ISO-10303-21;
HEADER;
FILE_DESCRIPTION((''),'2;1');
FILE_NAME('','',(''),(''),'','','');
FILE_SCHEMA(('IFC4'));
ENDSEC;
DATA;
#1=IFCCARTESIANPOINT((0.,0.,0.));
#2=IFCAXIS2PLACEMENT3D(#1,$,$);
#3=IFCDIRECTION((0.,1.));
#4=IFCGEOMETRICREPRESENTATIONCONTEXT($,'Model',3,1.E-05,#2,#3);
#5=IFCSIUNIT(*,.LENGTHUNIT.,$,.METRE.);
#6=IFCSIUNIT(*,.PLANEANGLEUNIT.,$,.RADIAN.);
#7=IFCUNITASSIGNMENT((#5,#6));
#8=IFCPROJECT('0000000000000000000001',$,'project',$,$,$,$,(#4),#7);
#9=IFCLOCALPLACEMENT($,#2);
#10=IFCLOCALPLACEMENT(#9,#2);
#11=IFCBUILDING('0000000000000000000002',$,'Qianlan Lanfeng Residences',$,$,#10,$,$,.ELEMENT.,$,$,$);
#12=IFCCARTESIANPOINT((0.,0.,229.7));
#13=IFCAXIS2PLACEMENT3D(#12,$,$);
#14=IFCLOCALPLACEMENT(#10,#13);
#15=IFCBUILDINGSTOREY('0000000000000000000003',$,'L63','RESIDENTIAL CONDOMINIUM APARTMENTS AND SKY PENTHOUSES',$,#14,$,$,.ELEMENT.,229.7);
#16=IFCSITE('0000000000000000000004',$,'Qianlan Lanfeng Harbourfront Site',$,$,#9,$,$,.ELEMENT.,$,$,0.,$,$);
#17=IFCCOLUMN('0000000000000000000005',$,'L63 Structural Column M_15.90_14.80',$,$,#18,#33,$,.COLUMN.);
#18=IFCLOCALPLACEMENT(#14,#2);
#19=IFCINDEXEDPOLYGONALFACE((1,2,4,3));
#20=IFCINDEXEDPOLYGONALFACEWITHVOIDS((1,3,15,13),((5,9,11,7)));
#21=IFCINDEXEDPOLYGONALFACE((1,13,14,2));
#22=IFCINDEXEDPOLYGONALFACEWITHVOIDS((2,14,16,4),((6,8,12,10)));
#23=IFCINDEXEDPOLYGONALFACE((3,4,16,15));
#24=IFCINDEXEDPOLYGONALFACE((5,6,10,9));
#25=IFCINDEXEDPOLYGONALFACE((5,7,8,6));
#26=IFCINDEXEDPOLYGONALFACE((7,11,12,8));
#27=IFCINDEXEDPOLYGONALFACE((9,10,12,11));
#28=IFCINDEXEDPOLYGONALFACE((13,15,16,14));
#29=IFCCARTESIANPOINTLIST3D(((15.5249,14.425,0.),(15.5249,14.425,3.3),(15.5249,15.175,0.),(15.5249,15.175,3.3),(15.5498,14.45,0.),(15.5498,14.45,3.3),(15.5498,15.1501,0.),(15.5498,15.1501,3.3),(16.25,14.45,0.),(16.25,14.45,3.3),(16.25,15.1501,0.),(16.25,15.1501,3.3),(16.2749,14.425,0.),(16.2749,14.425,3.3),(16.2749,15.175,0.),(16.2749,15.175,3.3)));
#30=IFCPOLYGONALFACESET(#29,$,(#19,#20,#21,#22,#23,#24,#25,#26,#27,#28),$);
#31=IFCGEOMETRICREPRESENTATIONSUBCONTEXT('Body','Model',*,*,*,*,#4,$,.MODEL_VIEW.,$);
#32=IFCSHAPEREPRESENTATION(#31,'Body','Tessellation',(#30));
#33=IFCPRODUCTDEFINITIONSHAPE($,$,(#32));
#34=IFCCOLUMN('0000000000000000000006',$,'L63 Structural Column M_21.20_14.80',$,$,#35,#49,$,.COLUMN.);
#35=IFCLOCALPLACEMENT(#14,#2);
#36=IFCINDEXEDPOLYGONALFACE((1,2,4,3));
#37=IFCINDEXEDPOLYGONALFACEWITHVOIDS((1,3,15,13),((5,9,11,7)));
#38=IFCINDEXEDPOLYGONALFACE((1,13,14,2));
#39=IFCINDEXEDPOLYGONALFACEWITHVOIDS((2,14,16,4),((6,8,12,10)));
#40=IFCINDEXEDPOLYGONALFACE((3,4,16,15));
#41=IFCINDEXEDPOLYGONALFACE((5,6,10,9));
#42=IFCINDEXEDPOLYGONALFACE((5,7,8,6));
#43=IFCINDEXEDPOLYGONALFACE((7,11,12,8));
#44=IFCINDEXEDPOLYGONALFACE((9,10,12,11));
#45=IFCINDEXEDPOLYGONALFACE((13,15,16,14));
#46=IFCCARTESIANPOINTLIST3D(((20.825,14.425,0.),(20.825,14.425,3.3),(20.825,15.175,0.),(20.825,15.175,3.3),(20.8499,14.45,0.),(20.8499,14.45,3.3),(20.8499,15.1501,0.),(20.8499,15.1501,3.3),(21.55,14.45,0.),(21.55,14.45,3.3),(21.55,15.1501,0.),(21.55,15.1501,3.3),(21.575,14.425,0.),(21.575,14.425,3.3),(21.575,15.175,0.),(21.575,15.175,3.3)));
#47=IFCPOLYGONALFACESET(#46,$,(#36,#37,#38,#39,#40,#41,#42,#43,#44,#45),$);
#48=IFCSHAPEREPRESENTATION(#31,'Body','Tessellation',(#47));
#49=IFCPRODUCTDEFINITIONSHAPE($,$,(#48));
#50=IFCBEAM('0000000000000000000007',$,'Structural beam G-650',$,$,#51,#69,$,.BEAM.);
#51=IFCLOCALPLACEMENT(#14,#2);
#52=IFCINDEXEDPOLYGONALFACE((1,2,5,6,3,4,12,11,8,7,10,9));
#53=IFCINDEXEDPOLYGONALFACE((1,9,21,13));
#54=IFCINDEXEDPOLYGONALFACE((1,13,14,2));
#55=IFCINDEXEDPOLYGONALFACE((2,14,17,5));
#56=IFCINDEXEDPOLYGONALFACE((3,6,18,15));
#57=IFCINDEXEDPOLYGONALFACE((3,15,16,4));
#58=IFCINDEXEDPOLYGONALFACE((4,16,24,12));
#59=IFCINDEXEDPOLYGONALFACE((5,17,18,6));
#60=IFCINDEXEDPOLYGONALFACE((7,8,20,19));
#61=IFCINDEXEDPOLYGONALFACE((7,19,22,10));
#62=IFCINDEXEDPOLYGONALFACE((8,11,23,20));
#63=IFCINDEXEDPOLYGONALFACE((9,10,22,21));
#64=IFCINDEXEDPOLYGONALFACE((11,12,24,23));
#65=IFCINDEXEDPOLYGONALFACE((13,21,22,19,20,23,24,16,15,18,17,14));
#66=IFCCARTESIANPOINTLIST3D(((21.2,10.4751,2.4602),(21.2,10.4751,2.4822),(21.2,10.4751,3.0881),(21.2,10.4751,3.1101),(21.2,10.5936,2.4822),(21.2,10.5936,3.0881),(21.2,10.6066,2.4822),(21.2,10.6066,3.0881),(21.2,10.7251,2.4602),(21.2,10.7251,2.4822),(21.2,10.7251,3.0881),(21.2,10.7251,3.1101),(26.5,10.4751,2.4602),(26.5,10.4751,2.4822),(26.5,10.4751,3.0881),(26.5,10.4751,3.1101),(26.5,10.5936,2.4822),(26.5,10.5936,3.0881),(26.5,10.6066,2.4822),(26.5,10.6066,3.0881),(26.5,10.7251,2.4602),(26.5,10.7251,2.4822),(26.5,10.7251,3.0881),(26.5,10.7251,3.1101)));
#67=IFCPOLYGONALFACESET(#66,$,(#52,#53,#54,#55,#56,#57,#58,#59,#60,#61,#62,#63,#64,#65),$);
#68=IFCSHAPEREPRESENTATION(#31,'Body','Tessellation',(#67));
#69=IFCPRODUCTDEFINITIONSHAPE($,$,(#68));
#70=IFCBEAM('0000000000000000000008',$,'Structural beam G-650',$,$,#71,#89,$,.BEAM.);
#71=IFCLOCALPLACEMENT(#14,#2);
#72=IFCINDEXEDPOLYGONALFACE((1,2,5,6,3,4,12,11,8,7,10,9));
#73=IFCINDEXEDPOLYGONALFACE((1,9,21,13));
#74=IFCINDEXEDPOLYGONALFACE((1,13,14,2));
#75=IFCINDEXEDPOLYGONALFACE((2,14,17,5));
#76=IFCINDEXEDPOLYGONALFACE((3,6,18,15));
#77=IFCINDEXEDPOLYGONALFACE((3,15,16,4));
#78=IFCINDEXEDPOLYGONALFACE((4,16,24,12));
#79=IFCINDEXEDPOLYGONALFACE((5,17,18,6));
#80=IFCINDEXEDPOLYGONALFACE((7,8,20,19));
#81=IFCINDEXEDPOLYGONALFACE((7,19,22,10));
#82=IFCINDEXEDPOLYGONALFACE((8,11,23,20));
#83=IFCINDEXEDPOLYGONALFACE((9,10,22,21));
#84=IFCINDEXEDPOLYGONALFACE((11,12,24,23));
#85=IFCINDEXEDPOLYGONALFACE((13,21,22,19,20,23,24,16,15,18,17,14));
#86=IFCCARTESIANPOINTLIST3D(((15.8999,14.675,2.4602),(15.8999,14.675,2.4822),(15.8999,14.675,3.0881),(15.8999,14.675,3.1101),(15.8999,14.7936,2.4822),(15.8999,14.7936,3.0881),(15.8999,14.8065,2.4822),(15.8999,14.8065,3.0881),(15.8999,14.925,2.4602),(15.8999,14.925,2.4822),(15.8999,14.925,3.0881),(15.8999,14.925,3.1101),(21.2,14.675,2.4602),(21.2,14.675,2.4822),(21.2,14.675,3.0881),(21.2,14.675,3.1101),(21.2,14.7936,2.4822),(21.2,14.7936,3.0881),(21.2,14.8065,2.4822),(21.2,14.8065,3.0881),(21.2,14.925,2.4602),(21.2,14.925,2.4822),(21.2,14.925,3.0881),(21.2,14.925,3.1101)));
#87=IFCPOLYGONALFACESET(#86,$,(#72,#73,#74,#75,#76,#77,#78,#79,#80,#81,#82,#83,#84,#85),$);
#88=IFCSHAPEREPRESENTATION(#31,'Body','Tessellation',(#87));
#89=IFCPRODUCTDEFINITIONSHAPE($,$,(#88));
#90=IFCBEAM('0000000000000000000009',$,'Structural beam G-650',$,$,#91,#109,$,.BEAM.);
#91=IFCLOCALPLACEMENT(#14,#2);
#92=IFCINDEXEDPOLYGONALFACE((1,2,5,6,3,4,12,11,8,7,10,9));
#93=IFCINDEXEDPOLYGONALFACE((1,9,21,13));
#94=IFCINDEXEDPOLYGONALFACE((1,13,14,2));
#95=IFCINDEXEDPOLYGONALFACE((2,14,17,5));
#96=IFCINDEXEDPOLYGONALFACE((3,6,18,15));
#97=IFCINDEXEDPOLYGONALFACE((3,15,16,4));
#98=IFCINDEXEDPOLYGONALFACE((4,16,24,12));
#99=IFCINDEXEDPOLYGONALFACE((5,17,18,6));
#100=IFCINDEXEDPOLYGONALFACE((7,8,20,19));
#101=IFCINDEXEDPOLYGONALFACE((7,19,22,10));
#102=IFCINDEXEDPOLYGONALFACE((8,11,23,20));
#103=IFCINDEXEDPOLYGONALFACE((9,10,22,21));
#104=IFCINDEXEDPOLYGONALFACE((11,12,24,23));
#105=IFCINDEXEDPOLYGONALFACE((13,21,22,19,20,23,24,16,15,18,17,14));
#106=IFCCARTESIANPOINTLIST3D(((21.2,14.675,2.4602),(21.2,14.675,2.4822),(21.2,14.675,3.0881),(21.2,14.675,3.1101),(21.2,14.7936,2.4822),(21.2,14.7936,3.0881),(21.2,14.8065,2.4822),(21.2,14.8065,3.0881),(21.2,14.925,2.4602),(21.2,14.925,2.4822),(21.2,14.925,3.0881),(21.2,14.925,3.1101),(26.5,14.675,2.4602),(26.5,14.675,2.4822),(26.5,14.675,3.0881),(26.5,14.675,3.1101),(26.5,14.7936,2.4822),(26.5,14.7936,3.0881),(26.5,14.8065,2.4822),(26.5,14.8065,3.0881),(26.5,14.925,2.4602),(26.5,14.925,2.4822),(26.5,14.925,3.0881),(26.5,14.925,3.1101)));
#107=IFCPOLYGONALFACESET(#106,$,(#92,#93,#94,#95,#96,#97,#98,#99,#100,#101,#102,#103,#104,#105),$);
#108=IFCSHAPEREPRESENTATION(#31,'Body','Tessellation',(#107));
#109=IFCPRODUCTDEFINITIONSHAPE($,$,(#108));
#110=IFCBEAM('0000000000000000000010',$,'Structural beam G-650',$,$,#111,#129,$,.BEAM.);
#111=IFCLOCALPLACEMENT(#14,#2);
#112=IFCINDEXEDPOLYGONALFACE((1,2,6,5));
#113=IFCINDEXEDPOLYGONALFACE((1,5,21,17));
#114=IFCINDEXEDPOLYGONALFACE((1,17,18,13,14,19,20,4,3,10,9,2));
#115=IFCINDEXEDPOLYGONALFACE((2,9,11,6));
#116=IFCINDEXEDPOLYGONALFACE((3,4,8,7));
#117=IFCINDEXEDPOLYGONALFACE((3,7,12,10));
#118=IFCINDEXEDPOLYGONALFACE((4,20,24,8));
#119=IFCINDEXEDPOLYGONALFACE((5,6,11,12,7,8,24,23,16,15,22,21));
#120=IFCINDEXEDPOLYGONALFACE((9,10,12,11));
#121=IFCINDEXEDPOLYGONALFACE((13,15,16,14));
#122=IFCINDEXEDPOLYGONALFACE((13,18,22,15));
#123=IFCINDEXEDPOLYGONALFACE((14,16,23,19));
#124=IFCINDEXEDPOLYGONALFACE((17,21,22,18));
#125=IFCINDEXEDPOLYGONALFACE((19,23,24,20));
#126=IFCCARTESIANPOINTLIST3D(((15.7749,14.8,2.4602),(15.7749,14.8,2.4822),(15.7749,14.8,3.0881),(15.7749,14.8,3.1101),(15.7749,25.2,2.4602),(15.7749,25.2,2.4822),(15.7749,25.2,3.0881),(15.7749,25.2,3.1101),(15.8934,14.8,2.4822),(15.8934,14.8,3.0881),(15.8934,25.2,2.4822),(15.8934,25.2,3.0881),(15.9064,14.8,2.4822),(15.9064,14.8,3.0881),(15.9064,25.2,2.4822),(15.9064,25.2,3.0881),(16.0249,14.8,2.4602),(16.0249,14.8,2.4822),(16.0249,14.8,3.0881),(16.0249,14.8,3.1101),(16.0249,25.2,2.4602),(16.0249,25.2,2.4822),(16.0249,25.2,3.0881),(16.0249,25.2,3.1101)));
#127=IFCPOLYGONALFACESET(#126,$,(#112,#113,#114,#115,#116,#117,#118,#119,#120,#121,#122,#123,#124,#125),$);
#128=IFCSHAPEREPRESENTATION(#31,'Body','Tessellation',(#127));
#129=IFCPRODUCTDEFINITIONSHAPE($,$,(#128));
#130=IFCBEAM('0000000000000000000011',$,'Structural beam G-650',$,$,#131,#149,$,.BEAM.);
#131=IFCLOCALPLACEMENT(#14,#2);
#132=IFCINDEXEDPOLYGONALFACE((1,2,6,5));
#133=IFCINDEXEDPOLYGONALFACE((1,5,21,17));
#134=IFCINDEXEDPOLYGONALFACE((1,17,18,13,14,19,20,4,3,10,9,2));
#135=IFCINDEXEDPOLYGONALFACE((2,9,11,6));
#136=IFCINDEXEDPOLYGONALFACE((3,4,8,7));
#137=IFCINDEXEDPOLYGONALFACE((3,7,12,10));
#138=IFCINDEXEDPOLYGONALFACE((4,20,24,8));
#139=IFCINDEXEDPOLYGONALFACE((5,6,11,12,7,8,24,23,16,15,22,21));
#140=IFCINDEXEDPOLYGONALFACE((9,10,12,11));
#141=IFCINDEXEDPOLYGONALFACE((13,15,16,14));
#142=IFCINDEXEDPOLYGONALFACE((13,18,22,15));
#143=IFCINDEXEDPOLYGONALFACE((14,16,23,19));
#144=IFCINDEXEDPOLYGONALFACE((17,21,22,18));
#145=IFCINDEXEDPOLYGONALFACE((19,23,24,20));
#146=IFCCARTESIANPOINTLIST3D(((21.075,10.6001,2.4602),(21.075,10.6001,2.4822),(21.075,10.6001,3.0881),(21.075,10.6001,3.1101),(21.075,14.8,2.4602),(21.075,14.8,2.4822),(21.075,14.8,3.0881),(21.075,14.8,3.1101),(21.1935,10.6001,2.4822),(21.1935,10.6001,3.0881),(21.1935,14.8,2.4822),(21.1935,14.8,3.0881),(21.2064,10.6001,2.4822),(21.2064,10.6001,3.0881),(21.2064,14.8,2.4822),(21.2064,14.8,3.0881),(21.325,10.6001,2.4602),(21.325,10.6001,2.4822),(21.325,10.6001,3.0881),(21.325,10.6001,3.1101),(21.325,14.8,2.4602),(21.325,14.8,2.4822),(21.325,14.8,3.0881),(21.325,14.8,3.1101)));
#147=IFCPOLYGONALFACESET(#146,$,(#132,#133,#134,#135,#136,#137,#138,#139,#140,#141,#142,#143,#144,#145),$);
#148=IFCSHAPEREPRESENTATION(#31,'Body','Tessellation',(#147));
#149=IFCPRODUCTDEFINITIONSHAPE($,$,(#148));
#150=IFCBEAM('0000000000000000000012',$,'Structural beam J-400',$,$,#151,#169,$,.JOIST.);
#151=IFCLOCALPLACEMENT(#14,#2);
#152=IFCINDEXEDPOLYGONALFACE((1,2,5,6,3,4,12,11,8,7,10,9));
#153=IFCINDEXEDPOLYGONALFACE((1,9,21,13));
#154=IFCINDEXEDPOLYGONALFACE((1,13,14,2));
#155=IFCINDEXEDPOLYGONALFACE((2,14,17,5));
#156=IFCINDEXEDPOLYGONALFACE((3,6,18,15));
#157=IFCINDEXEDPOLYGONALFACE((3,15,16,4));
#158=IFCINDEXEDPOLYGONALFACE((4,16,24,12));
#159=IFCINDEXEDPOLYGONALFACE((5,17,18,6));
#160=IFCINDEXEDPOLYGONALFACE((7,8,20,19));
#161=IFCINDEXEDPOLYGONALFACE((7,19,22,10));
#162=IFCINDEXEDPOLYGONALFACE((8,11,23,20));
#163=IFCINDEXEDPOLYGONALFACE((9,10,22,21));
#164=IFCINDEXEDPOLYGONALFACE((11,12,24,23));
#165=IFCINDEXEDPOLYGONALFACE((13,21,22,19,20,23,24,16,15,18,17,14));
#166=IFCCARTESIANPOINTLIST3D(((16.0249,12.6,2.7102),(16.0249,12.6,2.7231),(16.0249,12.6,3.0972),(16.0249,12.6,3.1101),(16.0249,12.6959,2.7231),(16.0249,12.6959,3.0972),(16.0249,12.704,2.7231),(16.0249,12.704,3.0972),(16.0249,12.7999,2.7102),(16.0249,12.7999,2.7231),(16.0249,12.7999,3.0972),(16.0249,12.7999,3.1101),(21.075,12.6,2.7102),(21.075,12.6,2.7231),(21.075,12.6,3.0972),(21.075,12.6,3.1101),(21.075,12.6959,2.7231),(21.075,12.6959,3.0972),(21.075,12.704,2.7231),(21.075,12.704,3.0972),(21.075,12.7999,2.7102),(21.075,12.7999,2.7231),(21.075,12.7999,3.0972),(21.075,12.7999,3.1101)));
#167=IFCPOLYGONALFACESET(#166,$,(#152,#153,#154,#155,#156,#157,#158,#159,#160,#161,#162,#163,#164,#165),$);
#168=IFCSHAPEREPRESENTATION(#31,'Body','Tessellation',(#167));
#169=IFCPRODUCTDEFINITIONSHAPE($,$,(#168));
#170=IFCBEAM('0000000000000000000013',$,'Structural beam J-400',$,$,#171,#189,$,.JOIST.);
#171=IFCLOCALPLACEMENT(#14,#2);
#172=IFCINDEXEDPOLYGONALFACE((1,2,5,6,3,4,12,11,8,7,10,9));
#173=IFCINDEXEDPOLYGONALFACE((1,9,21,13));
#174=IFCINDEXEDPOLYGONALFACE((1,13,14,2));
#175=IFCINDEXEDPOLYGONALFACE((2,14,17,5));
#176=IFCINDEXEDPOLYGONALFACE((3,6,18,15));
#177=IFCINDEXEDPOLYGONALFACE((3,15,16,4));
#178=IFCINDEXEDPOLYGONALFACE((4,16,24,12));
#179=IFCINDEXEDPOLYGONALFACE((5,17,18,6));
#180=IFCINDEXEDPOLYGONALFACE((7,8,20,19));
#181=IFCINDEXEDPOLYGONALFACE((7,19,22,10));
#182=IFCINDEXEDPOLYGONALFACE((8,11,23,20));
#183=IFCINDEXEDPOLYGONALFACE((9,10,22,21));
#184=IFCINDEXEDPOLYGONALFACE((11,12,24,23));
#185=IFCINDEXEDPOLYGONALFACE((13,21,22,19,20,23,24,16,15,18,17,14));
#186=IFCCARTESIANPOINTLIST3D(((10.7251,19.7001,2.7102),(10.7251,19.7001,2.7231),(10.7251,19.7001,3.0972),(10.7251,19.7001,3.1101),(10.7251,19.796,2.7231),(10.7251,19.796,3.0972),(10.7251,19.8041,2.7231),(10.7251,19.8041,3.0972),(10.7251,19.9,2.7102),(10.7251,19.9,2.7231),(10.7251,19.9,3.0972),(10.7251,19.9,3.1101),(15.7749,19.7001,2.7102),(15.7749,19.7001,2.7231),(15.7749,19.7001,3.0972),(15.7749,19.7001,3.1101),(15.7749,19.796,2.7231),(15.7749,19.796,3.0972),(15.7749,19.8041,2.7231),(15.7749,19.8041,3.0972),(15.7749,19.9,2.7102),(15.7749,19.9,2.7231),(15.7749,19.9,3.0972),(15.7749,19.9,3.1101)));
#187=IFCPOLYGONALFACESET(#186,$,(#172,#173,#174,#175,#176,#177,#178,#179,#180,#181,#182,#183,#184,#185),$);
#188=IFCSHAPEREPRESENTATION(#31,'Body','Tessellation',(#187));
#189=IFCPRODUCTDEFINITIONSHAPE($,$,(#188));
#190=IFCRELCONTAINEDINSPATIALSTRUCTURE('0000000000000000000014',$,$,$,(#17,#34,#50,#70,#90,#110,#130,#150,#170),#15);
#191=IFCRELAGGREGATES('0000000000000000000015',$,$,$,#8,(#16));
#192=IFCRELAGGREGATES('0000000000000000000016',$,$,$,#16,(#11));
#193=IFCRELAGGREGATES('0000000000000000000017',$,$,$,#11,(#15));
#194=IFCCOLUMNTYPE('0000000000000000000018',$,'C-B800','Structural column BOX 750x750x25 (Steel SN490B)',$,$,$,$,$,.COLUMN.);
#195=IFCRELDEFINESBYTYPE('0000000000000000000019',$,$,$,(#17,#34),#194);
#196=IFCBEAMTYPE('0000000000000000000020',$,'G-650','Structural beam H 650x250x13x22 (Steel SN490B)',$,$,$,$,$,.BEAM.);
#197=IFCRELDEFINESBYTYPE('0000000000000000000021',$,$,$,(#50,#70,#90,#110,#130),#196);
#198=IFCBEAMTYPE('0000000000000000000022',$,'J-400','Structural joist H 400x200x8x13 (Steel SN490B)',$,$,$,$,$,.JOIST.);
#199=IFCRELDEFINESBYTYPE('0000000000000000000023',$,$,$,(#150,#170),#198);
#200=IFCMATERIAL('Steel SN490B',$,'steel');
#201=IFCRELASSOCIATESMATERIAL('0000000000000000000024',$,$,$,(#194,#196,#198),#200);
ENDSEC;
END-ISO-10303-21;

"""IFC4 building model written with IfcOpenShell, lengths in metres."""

from ifc_helpers import new_model, si_unit, direction, frame, origin, origin_2d, place, context, subcontext, project, spatial, hollow_rectangle, i_section, extrude, material, material_profile, profile_set, type_object, element, save


model = new_model("IFC4")

# Units and contexts
model_context = context("Model", 3, precision=1e-05, world=origin(), true_north=direction((0.0, 1.0)))
body_context = subcontext(model_context, "Body", "Model", "MODEL_VIEW")
ifc_project = project(units=[si_unit("LENGTHUNIT", "METRE"), si_unit("PLANEANGLEUNIT", "RADIAN")], contexts=[model_context])

# Site, building, storey
site_placement = place(None, origin())
site = spatial("IfcSite", under=ifc_project, at=site_placement, Name="Qianlan Lanfeng Harbourfront Site", CompositionType="ELEMENT", RefElevation=0.0)
building_placement = place(site_placement, origin())
building = spatial("IfcBuilding", under=site, at=building_placement, Name="Qianlan Lanfeng Residences", CompositionType="ELEMENT")
storey_placement = place(building_placement, frame((0.0, 0.0, 229.7)))
storey = spatial("IfcBuildingStorey", under=building, at=storey_placement, Name="L63", Description="RESIDENTIAL CONDOMINIUM APARTMENTS AND SKY PENTHOUSES", CompositionType="ELEMENT", Elevation=229.7)

# Columns
ifc_material_1 = material(Name="Steel SN490B", Category="steel")
ifc_material_profile_1 = material_profile(ifc_material_1, hollow_rectangle(XDim=0.75, YDim=0.75, WallThickness=0.0249, at=origin_2d()), Name="BOX 750x750x25")
ifc_profile_set_1 = profile_set([ifc_material_profile_1], Name="Steel SN490B")
column_type = type_object("IfcColumnType", Name="C-B800", Description="Structural column BOX 750x750x25 (Steel SN490B)", PredefinedType="COLUMN", material=ifc_profile_set_1)
for number, where, z_axis, x_axis, name in (
    (1, (15.8999, 14.8, 0.0), (0.0, 0.0, 1.0), (1.0, 0.0, 0.0), "L63 Structural Column M_15.90_14.80"),
    (2, (21.2, 14.8, 0.0), (0.0, 0.0, 1.0), (1.0, 0.0, 0.0), "L63 Structural Column M_21.20_14.80"),
):
    element("IfcColumn", number, at=place(storey_placement, frame(where, z_axis=z_axis, x_axis=x_axis)), inside=storey, type_object=column_type, Name=name, PredefinedType="COLUMN", context=body_context, shape_type="SweptSolid", body=[
        extrude(hollow_rectangle(XDim=0.75, YDim=0.75, WallThickness=0.0249, at=origin_2d()), origin(), (0.0, 0.0, 1.0), 3.3),
    ])

# Beams
ifc_material_profile_2 = material_profile(ifc_material_1, i_section(OverallWidth=0.25, OverallDepth=0.6499, WebThickness=0.0129, FlangeThickness=0.022, at=origin_2d()), Name="H 650x250x13x22")
ifc_profile_set_2 = profile_set([ifc_material_profile_2], Name="Steel SN490B")
beam_type_1 = type_object("IfcBeamType", Name="G-650", Description="Structural beam H 650x250x13x22 (Steel SN490B)", PredefinedType="BEAM", material=ifc_profile_set_2)
for number, where, z_axis, x_axis, name in (
    (3, (21.2, 10.6001, 2.7852), (1.0, 0.0, 0.0), (0.0, 1.0, 0.0), "Structural beam G-650"),
    (4, (15.8999, 14.8, 2.7852), (1.0, 0.0, 0.0), (0.0, 1.0, 0.0), "Structural beam G-650"),
    (5, (21.2, 14.8, 2.7852), (1.0, 0.0, 0.0), (0.0, 1.0, 0.0), "Structural beam G-650"),
):
    element("IfcBeam", number, at=place(storey_placement, frame(where, z_axis=z_axis, x_axis=x_axis)), inside=storey, type_object=beam_type_1, Name=name, PredefinedType="BEAM", context=body_context, shape_type="SweptSolid", body=[
        extrude(i_section(OverallWidth=0.25, OverallDepth=0.6499, WebThickness=0.0129, FlangeThickness=0.022, at=origin_2d()), origin(), (0.0, 0.0, 1.0), 5.3),
    ])
beam_1_placement = place(storey_placement, frame((15.8999, 14.8, 2.7852), z_axis=(0.0, 1.0, 0.0), x_axis=(-1.0, 0.0, 0.0)))
element("IfcBeam", 6, at=beam_1_placement, inside=storey, type_object=beam_type_1, Name="Structural beam G-650", PredefinedType="BEAM", context=body_context, shape_type="SweptSolid", body=[
    extrude(i_section(OverallWidth=0.25, OverallDepth=0.6499, WebThickness=0.0129, FlangeThickness=0.022, at=origin_2d()), origin(), (0.0, 0.0, 1.0), 10.3999),
])
beam_2_placement = place(storey_placement, frame((21.2, 10.6001, 2.7852), z_axis=(0.0, 1.0, 0.0), x_axis=(-1.0, 0.0, 0.0)))
element("IfcBeam", 7, at=beam_2_placement, inside=storey, type_object=beam_type_1, Name="Structural beam G-650", PredefinedType="BEAM", context=body_context, shape_type="SweptSolid", body=[
    extrude(i_section(OverallWidth=0.25, OverallDepth=0.6499, WebThickness=0.0129, FlangeThickness=0.022, at=origin_2d()), origin(), (0.0, 0.0, 1.0), 4.2),
])
ifc_material_profile_3 = material_profile(ifc_material_1, i_section(OverallWidth=0.2, OverallDepth=0.3999, WebThickness=0.0081, FlangeThickness=0.0129, at=origin_2d()), Name="H 400x200x8x13")
ifc_profile_set_3 = profile_set([ifc_material_profile_3], Name="Steel SN490B")
beam_type_2 = type_object("IfcBeamType", Name="J-400", Description="Structural joist H 400x200x8x13 (Steel SN490B)", PredefinedType="JOIST", material=ifc_profile_set_3)
beam_3_placement = place(storey_placement, frame((16.0249, 12.7, 2.9102), z_axis=(1.0, 0.0, 0.0), x_axis=(0.0, 1.0, 0.0)))
element("IfcBeam", 8, at=beam_3_placement, inside=storey, type_object=beam_type_2, Name="Structural beam J-400", PredefinedType="JOIST", context=body_context, shape_type="SweptSolid", body=[
    extrude(i_section(OverallWidth=0.2, OverallDepth=0.3999, WebThickness=0.0081, FlangeThickness=0.0129, at=origin_2d()), origin(), (0.0, 0.0, 1.0), 5.05),
])
beam_4_placement = place(storey_placement, frame((10.7251, 19.8, 2.9102), z_axis=(1.0, 0.0, 0.0), x_axis=(0.0, 1.0, 0.0)))
element("IfcBeam", 9, at=beam_4_placement, inside=storey, type_object=beam_type_2, Name="Structural beam J-400", PredefinedType="JOIST", context=body_context, shape_type="SweptSolid", body=[
    extrude(i_section(OverallWidth=0.2, OverallDepth=0.3999, WebThickness=0.0081, FlangeThickness=0.0129, at=origin_2d()), origin(), (0.0, 0.0, 1.0), 5.0498),
])

save(model, "model.ifc")
